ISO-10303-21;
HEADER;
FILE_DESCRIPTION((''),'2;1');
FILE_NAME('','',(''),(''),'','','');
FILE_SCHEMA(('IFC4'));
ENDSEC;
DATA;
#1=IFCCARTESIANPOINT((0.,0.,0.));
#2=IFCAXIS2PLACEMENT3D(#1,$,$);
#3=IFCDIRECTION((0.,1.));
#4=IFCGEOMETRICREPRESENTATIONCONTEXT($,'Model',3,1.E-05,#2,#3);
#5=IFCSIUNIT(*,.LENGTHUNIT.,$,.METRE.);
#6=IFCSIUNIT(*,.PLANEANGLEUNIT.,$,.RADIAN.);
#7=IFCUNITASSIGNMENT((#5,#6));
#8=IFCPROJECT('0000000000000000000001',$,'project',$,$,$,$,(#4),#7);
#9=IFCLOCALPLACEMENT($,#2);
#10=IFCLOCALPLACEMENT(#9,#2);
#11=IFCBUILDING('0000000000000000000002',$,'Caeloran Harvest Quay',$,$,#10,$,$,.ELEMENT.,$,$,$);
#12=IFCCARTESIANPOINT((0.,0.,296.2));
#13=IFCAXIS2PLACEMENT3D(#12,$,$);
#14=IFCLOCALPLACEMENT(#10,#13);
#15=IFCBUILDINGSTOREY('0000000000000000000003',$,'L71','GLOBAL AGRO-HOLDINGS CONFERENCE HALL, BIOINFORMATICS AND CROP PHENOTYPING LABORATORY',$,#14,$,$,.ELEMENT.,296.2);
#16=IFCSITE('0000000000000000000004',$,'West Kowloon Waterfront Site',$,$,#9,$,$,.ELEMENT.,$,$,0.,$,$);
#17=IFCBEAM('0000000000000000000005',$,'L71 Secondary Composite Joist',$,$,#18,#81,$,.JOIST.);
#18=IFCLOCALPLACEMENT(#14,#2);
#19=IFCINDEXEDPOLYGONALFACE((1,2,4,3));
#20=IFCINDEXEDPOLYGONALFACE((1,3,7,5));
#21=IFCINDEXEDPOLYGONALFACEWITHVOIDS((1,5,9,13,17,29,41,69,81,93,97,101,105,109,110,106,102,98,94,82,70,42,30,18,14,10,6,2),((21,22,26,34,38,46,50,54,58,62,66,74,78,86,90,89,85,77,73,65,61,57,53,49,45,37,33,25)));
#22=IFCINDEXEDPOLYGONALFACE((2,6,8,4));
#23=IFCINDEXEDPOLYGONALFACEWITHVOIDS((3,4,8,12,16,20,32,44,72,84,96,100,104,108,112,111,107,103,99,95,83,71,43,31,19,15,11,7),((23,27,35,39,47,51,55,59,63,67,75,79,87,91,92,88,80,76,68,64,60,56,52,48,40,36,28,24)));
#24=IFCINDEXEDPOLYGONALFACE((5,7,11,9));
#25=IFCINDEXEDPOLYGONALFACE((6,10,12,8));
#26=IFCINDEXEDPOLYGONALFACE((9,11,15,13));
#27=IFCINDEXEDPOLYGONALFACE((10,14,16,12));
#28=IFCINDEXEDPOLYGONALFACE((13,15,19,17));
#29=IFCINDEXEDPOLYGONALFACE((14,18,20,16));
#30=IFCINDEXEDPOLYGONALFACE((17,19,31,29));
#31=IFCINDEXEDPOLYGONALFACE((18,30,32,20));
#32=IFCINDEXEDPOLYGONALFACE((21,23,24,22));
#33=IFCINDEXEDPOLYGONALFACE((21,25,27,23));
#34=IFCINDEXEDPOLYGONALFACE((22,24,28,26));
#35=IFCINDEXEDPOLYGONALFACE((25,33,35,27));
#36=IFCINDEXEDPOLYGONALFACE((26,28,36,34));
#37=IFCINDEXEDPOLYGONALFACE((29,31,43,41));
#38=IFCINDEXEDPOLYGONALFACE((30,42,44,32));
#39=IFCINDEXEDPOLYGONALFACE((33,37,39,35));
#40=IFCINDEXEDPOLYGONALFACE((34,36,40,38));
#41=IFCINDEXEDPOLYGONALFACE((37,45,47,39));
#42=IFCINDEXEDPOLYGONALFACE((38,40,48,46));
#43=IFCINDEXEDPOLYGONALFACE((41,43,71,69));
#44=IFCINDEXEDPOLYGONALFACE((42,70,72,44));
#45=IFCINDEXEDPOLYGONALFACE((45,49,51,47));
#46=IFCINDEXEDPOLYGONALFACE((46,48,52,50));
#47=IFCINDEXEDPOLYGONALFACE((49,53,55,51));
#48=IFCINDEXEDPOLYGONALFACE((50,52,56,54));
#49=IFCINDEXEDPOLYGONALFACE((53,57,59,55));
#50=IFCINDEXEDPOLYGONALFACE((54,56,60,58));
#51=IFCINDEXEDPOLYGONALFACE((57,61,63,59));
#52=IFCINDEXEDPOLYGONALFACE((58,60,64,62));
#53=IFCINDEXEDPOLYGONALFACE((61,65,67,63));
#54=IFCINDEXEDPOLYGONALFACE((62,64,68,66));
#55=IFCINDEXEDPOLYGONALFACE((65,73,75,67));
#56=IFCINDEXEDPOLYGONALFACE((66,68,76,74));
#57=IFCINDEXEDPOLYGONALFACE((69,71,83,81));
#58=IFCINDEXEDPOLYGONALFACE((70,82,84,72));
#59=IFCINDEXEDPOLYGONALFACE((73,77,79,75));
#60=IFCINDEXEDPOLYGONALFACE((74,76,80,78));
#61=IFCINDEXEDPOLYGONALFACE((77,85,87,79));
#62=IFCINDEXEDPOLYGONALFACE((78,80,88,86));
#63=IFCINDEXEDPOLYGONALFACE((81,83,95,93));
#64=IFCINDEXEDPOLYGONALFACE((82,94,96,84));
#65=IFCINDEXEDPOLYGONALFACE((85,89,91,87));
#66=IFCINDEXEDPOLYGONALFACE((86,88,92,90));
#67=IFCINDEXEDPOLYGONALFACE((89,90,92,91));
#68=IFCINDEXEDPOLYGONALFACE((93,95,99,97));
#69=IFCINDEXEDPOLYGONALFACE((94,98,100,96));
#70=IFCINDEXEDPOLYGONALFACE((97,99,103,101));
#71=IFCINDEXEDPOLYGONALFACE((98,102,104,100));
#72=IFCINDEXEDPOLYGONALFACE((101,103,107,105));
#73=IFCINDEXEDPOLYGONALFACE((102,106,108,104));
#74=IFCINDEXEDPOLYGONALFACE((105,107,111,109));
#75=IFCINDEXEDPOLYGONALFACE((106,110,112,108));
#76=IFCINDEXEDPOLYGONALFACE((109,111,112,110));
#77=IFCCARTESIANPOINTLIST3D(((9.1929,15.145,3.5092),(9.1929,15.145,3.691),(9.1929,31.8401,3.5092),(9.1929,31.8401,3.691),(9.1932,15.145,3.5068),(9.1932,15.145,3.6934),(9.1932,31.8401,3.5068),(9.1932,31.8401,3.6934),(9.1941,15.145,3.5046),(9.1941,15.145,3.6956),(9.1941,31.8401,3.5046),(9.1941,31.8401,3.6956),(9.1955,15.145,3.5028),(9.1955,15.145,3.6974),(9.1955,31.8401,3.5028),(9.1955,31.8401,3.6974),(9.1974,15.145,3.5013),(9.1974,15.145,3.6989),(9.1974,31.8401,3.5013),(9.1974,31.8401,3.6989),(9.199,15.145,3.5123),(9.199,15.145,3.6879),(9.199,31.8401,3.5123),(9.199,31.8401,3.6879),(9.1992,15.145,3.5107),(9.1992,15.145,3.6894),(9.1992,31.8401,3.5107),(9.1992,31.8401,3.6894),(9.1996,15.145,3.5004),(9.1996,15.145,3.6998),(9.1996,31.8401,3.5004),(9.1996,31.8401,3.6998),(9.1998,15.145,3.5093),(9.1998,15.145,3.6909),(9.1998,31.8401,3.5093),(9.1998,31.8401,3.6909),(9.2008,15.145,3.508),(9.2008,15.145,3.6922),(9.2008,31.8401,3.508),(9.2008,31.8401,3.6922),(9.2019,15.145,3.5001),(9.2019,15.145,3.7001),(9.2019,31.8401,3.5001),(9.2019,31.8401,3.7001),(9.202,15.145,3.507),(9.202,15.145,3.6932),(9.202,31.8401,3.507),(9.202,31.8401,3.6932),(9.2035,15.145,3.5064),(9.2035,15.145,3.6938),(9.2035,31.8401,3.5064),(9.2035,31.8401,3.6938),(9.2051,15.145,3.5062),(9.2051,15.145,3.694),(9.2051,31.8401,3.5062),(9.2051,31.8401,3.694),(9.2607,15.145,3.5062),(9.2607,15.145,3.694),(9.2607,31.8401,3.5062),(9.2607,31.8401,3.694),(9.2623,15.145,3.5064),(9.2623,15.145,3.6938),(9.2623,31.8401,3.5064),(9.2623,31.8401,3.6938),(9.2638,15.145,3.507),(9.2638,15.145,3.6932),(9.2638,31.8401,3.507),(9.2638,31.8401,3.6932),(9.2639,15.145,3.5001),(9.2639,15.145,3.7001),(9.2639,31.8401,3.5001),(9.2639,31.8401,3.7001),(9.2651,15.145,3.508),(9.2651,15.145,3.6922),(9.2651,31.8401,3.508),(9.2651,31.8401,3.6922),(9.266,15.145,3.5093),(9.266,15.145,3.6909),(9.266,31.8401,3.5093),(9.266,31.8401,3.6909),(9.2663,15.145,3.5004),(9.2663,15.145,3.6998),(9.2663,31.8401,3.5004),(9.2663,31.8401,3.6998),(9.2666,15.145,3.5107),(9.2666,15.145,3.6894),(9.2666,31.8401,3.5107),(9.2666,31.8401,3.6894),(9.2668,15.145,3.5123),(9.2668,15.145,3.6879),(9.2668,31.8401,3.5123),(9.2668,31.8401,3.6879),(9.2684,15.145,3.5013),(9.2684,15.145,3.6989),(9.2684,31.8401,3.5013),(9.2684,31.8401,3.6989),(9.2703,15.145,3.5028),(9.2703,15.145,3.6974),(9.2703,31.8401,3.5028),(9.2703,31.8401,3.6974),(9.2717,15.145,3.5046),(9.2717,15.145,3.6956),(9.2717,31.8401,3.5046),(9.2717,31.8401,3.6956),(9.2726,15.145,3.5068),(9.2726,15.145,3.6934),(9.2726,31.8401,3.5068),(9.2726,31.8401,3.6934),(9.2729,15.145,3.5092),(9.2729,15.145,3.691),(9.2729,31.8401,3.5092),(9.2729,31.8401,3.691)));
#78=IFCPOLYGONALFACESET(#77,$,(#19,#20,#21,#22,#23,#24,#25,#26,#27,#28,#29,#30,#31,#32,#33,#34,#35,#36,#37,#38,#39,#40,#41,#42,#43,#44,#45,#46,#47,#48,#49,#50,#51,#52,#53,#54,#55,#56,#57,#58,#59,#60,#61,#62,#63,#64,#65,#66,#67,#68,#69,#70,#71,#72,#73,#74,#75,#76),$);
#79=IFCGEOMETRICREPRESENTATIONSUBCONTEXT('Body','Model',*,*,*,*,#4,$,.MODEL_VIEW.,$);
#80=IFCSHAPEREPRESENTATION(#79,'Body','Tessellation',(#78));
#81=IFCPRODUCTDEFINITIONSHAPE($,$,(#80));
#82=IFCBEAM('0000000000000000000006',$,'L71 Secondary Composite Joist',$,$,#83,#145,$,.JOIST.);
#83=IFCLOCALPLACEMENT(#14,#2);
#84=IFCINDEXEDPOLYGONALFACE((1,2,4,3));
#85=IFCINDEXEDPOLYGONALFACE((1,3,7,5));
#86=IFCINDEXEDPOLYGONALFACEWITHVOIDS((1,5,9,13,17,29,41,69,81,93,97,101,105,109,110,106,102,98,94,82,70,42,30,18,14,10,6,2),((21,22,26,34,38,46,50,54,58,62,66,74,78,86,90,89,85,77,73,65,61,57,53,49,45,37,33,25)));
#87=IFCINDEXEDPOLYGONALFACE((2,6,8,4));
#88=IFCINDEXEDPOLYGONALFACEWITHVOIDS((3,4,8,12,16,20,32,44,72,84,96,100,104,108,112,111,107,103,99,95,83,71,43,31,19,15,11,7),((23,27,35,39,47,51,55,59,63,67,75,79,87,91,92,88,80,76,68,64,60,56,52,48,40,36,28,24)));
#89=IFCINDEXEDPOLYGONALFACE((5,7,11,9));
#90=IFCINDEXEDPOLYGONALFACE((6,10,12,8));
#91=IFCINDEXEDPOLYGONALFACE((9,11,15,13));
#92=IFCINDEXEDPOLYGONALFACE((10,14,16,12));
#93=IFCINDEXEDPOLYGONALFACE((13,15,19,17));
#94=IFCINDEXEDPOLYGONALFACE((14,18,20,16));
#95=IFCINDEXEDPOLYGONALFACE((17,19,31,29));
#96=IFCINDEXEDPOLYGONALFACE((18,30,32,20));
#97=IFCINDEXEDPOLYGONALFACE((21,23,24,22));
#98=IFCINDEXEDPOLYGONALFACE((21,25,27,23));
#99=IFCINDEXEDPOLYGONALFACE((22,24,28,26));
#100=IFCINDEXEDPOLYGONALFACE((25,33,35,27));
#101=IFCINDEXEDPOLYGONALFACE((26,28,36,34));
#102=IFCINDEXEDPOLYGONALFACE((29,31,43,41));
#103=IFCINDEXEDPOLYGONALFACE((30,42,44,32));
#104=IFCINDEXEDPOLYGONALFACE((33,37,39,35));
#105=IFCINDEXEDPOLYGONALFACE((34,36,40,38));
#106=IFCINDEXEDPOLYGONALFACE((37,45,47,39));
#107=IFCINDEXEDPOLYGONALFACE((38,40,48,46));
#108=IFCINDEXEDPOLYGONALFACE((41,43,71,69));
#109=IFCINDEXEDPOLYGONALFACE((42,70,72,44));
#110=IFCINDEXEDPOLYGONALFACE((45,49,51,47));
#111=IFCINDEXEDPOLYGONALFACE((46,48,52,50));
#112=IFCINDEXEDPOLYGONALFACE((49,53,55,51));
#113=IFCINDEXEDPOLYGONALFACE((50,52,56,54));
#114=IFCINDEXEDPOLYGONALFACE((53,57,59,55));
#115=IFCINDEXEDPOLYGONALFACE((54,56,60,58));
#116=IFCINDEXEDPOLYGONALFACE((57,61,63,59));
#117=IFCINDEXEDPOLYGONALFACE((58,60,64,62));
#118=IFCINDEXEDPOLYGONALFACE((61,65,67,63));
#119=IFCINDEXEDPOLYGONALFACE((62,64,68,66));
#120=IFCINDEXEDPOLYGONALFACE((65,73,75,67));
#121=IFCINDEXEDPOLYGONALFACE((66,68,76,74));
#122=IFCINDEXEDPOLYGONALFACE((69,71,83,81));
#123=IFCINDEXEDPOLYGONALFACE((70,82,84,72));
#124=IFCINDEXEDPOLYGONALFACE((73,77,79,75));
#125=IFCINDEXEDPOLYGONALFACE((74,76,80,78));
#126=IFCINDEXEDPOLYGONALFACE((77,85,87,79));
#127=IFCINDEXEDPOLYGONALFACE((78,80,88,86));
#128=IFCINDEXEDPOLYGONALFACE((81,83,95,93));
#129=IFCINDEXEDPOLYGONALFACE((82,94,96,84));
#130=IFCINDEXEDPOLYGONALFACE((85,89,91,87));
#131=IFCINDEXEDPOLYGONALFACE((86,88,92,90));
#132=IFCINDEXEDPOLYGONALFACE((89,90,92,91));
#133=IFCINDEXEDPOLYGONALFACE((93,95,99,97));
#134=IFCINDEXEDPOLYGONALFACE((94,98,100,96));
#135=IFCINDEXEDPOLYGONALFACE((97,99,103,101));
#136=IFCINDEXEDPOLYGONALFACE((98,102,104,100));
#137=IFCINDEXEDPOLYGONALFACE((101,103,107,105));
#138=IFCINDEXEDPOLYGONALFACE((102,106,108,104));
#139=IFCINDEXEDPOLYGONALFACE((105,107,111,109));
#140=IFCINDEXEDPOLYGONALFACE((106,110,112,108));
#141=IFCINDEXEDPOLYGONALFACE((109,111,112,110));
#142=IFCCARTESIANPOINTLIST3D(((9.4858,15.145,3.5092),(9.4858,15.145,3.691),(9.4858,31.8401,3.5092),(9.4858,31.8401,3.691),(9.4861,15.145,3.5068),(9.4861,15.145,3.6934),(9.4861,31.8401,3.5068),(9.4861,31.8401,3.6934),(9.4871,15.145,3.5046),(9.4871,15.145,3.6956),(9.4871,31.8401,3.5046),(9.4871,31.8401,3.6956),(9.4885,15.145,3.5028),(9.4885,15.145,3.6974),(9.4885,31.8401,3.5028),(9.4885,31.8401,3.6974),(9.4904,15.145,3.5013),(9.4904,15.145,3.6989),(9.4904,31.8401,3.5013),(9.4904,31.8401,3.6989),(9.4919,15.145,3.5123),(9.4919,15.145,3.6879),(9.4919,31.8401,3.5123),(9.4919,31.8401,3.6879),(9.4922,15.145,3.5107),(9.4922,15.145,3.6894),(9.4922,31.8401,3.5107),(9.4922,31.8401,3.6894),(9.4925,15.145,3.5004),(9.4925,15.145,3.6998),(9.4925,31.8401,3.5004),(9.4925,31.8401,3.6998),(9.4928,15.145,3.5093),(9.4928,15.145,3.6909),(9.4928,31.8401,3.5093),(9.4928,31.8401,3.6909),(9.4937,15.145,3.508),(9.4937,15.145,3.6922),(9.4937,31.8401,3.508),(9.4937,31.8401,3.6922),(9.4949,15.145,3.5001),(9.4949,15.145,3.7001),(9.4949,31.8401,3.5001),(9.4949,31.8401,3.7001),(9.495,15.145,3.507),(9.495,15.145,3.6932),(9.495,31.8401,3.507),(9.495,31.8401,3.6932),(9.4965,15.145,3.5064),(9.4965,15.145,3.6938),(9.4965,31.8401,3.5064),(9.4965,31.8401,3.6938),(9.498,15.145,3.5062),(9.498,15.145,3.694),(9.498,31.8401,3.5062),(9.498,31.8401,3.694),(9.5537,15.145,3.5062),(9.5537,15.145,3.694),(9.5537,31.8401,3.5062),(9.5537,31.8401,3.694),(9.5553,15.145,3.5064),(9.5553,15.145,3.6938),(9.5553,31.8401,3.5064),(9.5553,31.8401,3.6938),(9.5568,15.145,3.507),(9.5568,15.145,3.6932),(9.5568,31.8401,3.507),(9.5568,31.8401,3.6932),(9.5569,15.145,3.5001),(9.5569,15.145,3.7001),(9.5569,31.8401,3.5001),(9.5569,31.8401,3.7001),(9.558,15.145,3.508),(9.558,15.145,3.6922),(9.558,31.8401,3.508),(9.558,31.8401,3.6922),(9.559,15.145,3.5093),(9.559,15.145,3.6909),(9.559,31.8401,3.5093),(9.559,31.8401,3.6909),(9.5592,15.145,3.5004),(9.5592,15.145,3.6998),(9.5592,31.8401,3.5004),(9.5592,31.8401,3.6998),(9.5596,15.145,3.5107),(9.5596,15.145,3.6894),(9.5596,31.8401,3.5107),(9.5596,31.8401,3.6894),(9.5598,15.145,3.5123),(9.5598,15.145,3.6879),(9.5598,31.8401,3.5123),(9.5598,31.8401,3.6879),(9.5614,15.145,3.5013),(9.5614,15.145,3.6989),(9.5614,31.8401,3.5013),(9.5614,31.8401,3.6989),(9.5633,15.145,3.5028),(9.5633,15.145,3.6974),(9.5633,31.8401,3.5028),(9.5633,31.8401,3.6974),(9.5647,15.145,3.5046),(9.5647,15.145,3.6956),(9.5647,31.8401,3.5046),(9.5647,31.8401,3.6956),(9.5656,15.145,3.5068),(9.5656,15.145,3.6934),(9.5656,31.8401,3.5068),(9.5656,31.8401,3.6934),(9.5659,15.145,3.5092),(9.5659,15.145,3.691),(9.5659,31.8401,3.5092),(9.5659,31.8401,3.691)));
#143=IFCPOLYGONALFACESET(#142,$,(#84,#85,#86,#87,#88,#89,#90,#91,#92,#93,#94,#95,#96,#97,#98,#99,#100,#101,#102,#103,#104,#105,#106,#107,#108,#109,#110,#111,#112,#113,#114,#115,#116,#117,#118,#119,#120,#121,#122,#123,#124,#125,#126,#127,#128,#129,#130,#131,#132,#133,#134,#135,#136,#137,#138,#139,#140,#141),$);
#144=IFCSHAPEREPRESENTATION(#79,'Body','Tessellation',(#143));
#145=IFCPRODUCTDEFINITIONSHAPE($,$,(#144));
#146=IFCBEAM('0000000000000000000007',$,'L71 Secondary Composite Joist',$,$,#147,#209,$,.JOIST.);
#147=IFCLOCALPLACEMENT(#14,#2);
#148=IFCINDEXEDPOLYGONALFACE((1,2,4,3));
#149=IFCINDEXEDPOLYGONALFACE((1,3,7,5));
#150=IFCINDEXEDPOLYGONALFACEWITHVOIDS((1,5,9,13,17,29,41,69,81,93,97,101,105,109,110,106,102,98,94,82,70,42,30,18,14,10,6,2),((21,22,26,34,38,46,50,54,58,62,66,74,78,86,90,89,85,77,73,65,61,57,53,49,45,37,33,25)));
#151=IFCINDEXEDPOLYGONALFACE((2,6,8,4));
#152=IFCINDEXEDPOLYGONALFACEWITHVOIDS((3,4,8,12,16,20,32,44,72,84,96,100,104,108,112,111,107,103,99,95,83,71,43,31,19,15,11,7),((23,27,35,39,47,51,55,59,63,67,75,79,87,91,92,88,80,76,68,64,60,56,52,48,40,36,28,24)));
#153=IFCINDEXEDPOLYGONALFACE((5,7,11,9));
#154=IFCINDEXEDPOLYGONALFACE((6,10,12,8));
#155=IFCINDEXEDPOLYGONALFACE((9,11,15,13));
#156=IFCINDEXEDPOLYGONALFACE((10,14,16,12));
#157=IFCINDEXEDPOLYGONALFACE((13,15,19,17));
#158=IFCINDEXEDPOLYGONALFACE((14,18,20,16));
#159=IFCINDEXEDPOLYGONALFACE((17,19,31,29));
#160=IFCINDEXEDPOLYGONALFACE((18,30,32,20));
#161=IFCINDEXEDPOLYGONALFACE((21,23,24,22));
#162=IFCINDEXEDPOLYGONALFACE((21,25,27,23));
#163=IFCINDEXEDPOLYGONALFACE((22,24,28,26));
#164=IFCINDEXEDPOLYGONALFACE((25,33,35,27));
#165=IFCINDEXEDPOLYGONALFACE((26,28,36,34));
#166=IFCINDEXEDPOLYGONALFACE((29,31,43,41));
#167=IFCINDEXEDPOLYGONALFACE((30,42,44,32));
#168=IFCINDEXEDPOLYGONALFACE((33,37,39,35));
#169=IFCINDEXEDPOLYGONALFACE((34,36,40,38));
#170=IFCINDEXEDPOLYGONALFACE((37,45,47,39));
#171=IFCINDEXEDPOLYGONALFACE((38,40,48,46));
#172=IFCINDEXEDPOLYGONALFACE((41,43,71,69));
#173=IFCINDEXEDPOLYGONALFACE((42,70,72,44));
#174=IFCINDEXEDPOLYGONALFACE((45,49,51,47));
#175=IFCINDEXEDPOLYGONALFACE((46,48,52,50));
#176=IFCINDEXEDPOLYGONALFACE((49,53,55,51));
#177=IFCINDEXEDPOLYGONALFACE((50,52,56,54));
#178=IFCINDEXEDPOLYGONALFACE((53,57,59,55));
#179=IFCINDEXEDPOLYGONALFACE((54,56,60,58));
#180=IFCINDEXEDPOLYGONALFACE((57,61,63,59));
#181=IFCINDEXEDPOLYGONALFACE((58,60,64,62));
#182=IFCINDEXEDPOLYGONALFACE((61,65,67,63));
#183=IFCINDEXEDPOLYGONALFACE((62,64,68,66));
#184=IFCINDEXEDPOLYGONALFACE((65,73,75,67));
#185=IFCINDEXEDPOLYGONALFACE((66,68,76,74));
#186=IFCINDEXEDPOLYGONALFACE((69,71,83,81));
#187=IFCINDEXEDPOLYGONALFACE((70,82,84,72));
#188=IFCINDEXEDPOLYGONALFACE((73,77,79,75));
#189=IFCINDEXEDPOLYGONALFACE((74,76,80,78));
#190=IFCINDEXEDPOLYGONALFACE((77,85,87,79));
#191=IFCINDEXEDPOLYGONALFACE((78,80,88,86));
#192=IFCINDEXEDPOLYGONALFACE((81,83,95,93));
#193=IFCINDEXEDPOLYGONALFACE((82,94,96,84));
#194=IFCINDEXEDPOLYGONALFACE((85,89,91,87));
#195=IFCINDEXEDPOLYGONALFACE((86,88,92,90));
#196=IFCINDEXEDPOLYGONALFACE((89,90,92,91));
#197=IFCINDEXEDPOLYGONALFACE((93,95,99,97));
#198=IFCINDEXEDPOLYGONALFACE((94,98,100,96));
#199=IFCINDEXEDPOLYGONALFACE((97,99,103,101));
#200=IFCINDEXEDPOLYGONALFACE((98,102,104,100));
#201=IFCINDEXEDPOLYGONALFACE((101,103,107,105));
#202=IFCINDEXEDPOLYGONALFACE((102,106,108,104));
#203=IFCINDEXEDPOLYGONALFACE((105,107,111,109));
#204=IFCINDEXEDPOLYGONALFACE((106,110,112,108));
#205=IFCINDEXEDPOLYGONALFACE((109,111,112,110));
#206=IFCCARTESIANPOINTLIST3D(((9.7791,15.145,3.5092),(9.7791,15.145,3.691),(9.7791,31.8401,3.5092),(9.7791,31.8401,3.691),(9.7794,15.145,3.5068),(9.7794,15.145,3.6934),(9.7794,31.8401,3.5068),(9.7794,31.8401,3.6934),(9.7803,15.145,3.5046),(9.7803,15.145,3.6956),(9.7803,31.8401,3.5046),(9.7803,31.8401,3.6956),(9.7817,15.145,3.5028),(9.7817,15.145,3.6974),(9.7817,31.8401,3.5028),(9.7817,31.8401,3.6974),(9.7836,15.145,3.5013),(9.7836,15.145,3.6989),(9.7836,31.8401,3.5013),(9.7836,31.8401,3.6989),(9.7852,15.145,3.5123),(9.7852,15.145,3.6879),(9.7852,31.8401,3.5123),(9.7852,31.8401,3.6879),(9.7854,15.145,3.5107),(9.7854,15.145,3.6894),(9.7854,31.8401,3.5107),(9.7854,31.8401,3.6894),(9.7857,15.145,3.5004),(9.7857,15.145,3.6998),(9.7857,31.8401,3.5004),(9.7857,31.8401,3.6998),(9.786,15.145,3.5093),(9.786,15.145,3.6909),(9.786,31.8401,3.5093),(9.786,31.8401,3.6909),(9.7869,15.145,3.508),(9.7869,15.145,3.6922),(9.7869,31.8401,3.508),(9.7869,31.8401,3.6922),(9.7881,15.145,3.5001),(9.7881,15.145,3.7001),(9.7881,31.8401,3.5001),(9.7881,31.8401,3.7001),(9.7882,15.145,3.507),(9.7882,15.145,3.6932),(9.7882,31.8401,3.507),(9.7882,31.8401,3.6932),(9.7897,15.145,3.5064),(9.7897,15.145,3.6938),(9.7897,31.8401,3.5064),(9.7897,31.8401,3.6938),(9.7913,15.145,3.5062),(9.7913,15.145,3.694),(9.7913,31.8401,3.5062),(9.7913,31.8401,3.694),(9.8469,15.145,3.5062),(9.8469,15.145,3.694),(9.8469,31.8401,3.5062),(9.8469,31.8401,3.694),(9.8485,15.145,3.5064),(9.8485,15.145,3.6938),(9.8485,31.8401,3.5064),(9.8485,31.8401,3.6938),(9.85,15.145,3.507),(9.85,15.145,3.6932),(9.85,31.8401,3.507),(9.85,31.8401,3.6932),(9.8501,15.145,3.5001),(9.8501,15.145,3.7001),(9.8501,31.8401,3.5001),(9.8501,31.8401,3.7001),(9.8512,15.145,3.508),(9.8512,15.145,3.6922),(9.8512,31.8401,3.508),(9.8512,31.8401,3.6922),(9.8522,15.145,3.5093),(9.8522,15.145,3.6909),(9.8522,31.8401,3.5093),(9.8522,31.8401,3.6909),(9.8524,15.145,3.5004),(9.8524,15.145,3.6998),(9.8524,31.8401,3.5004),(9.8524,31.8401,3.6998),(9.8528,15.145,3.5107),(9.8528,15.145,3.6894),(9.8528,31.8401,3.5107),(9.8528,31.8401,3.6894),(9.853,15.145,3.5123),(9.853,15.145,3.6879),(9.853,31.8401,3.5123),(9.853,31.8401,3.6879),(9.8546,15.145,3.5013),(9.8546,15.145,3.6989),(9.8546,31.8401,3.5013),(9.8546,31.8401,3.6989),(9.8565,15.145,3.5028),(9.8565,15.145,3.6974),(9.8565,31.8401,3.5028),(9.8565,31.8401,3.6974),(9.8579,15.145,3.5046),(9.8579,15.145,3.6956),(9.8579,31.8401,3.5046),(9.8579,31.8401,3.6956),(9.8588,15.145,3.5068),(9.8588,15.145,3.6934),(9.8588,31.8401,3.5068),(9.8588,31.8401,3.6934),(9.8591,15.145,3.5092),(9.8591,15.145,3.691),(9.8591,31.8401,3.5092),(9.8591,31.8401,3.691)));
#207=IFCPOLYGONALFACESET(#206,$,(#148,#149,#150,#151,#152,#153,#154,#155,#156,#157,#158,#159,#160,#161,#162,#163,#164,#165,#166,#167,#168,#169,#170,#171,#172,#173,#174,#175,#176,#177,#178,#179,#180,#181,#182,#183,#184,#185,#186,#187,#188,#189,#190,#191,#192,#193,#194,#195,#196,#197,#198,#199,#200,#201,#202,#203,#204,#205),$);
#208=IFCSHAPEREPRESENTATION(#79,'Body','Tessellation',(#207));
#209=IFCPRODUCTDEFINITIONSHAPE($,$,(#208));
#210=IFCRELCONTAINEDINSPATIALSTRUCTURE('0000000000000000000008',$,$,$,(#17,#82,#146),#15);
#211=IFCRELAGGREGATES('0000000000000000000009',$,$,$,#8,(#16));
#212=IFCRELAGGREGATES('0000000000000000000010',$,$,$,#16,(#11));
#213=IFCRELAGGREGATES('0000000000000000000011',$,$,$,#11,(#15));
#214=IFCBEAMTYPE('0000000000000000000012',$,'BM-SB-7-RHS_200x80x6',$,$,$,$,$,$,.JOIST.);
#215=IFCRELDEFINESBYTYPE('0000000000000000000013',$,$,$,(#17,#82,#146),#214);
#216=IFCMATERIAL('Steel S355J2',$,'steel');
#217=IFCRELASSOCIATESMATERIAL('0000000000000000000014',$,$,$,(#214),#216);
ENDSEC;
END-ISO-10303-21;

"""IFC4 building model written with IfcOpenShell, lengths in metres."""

from ifc_helpers import new_model, si_unit, direction, frame, origin, origin_2d, place, context, subcontext, project, spatial, hollow_rectangle, extrude, material, material_profile, profile_set, type_object, element, save


model = new_model("IFC4")

# Units and contexts
model_context = context("Model", 3, precision=1e-05, world=origin(), true_north=direction((0.0, 1.0)))
body_context = subcontext(model_context, "Body", "Model", "MODEL_VIEW")
ifc_project = project(units=[si_unit("LENGTHUNIT", "METRE"), si_unit("PLANEANGLEUNIT", "RADIAN")], contexts=[model_context])

# Site, building, storey
site_placement = place(None, origin())
site = spatial("IfcSite", under=ifc_project, at=site_placement, Name="West Kowloon Waterfront Site", CompositionType="ELEMENT", RefElevation=0.0)
building_placement = place(site_placement, origin())
building = spatial("IfcBuilding", under=site, at=building_placement, Name="Caeloran Harvest Quay", CompositionType="ELEMENT")
storey_placement = place(building_placement, frame((0.0, 0.0, 296.2)))
storey = spatial("IfcBuildingStorey", under=building, at=storey_placement, Name="L71", Description="GLOBAL AGRO-HOLDINGS CONFERENCE HALL, BIOINFORMATICS AND CROP PHENOTYPING LABORATORY", CompositionType="ELEMENT", Elevation=296.2)

# Beams
ifc_material_1 = material(Name="Steel S355J2", Category="steel")
ifc_material_profile_1 = material_profile(ifc_material_1, hollow_rectangle(XDim=0.0801, YDim=0.2, WallThickness=0.0061, InnerFilletRadius=0.0061, OuterFilletRadius=0.009, at=origin_2d()), Name="RHS 200x80x6")
ifc_profile_set_1 = profile_set([ifc_material_profile_1], Name="Steel S355J2")
beam_type_1 = type_object("IfcBeamType", Name="BM-SB-7-RHS_200x80x6", PredefinedType="JOIST", material=ifc_profile_set_1)
for number, where, z_axis, x_axis, name in (
    (1, (9.2329, 15.145, 3.6001), (0.0, 1.0, 0.0), (-1.0, 0.0, 0.0), "L71 Secondary Composite Joist"),
    (2, (9.5259, 15.145, 3.6001), (0.0, 1.0, 0.0), (-1.0, 0.0, 0.0), "L71 Secondary Composite Joist"),
    (3, (9.8191, 15.145, 3.6001), (0.0, 1.0, 0.0), (-1.0, 0.0, 0.0), "L71 Secondary Composite Joist"),
):
    element("IfcBeam", number, at=place(storey_placement, frame(where, z_axis=z_axis, x_axis=x_axis)), inside=storey, type_object=beam_type_1, Name=name, PredefinedType="JOIST", context=body_context, shape_type="SweptSolid", body=[
        extrude(hollow_rectangle(XDim=0.0801, YDim=0.2, WallThickness=0.0061, InnerFilletRadius=0.0061, OuterFilletRadius=0.009, at=origin_2d()), origin(), (0.0, 0.0, 1.0), 16.6951),
    ])

save(model, "model.ifc")
